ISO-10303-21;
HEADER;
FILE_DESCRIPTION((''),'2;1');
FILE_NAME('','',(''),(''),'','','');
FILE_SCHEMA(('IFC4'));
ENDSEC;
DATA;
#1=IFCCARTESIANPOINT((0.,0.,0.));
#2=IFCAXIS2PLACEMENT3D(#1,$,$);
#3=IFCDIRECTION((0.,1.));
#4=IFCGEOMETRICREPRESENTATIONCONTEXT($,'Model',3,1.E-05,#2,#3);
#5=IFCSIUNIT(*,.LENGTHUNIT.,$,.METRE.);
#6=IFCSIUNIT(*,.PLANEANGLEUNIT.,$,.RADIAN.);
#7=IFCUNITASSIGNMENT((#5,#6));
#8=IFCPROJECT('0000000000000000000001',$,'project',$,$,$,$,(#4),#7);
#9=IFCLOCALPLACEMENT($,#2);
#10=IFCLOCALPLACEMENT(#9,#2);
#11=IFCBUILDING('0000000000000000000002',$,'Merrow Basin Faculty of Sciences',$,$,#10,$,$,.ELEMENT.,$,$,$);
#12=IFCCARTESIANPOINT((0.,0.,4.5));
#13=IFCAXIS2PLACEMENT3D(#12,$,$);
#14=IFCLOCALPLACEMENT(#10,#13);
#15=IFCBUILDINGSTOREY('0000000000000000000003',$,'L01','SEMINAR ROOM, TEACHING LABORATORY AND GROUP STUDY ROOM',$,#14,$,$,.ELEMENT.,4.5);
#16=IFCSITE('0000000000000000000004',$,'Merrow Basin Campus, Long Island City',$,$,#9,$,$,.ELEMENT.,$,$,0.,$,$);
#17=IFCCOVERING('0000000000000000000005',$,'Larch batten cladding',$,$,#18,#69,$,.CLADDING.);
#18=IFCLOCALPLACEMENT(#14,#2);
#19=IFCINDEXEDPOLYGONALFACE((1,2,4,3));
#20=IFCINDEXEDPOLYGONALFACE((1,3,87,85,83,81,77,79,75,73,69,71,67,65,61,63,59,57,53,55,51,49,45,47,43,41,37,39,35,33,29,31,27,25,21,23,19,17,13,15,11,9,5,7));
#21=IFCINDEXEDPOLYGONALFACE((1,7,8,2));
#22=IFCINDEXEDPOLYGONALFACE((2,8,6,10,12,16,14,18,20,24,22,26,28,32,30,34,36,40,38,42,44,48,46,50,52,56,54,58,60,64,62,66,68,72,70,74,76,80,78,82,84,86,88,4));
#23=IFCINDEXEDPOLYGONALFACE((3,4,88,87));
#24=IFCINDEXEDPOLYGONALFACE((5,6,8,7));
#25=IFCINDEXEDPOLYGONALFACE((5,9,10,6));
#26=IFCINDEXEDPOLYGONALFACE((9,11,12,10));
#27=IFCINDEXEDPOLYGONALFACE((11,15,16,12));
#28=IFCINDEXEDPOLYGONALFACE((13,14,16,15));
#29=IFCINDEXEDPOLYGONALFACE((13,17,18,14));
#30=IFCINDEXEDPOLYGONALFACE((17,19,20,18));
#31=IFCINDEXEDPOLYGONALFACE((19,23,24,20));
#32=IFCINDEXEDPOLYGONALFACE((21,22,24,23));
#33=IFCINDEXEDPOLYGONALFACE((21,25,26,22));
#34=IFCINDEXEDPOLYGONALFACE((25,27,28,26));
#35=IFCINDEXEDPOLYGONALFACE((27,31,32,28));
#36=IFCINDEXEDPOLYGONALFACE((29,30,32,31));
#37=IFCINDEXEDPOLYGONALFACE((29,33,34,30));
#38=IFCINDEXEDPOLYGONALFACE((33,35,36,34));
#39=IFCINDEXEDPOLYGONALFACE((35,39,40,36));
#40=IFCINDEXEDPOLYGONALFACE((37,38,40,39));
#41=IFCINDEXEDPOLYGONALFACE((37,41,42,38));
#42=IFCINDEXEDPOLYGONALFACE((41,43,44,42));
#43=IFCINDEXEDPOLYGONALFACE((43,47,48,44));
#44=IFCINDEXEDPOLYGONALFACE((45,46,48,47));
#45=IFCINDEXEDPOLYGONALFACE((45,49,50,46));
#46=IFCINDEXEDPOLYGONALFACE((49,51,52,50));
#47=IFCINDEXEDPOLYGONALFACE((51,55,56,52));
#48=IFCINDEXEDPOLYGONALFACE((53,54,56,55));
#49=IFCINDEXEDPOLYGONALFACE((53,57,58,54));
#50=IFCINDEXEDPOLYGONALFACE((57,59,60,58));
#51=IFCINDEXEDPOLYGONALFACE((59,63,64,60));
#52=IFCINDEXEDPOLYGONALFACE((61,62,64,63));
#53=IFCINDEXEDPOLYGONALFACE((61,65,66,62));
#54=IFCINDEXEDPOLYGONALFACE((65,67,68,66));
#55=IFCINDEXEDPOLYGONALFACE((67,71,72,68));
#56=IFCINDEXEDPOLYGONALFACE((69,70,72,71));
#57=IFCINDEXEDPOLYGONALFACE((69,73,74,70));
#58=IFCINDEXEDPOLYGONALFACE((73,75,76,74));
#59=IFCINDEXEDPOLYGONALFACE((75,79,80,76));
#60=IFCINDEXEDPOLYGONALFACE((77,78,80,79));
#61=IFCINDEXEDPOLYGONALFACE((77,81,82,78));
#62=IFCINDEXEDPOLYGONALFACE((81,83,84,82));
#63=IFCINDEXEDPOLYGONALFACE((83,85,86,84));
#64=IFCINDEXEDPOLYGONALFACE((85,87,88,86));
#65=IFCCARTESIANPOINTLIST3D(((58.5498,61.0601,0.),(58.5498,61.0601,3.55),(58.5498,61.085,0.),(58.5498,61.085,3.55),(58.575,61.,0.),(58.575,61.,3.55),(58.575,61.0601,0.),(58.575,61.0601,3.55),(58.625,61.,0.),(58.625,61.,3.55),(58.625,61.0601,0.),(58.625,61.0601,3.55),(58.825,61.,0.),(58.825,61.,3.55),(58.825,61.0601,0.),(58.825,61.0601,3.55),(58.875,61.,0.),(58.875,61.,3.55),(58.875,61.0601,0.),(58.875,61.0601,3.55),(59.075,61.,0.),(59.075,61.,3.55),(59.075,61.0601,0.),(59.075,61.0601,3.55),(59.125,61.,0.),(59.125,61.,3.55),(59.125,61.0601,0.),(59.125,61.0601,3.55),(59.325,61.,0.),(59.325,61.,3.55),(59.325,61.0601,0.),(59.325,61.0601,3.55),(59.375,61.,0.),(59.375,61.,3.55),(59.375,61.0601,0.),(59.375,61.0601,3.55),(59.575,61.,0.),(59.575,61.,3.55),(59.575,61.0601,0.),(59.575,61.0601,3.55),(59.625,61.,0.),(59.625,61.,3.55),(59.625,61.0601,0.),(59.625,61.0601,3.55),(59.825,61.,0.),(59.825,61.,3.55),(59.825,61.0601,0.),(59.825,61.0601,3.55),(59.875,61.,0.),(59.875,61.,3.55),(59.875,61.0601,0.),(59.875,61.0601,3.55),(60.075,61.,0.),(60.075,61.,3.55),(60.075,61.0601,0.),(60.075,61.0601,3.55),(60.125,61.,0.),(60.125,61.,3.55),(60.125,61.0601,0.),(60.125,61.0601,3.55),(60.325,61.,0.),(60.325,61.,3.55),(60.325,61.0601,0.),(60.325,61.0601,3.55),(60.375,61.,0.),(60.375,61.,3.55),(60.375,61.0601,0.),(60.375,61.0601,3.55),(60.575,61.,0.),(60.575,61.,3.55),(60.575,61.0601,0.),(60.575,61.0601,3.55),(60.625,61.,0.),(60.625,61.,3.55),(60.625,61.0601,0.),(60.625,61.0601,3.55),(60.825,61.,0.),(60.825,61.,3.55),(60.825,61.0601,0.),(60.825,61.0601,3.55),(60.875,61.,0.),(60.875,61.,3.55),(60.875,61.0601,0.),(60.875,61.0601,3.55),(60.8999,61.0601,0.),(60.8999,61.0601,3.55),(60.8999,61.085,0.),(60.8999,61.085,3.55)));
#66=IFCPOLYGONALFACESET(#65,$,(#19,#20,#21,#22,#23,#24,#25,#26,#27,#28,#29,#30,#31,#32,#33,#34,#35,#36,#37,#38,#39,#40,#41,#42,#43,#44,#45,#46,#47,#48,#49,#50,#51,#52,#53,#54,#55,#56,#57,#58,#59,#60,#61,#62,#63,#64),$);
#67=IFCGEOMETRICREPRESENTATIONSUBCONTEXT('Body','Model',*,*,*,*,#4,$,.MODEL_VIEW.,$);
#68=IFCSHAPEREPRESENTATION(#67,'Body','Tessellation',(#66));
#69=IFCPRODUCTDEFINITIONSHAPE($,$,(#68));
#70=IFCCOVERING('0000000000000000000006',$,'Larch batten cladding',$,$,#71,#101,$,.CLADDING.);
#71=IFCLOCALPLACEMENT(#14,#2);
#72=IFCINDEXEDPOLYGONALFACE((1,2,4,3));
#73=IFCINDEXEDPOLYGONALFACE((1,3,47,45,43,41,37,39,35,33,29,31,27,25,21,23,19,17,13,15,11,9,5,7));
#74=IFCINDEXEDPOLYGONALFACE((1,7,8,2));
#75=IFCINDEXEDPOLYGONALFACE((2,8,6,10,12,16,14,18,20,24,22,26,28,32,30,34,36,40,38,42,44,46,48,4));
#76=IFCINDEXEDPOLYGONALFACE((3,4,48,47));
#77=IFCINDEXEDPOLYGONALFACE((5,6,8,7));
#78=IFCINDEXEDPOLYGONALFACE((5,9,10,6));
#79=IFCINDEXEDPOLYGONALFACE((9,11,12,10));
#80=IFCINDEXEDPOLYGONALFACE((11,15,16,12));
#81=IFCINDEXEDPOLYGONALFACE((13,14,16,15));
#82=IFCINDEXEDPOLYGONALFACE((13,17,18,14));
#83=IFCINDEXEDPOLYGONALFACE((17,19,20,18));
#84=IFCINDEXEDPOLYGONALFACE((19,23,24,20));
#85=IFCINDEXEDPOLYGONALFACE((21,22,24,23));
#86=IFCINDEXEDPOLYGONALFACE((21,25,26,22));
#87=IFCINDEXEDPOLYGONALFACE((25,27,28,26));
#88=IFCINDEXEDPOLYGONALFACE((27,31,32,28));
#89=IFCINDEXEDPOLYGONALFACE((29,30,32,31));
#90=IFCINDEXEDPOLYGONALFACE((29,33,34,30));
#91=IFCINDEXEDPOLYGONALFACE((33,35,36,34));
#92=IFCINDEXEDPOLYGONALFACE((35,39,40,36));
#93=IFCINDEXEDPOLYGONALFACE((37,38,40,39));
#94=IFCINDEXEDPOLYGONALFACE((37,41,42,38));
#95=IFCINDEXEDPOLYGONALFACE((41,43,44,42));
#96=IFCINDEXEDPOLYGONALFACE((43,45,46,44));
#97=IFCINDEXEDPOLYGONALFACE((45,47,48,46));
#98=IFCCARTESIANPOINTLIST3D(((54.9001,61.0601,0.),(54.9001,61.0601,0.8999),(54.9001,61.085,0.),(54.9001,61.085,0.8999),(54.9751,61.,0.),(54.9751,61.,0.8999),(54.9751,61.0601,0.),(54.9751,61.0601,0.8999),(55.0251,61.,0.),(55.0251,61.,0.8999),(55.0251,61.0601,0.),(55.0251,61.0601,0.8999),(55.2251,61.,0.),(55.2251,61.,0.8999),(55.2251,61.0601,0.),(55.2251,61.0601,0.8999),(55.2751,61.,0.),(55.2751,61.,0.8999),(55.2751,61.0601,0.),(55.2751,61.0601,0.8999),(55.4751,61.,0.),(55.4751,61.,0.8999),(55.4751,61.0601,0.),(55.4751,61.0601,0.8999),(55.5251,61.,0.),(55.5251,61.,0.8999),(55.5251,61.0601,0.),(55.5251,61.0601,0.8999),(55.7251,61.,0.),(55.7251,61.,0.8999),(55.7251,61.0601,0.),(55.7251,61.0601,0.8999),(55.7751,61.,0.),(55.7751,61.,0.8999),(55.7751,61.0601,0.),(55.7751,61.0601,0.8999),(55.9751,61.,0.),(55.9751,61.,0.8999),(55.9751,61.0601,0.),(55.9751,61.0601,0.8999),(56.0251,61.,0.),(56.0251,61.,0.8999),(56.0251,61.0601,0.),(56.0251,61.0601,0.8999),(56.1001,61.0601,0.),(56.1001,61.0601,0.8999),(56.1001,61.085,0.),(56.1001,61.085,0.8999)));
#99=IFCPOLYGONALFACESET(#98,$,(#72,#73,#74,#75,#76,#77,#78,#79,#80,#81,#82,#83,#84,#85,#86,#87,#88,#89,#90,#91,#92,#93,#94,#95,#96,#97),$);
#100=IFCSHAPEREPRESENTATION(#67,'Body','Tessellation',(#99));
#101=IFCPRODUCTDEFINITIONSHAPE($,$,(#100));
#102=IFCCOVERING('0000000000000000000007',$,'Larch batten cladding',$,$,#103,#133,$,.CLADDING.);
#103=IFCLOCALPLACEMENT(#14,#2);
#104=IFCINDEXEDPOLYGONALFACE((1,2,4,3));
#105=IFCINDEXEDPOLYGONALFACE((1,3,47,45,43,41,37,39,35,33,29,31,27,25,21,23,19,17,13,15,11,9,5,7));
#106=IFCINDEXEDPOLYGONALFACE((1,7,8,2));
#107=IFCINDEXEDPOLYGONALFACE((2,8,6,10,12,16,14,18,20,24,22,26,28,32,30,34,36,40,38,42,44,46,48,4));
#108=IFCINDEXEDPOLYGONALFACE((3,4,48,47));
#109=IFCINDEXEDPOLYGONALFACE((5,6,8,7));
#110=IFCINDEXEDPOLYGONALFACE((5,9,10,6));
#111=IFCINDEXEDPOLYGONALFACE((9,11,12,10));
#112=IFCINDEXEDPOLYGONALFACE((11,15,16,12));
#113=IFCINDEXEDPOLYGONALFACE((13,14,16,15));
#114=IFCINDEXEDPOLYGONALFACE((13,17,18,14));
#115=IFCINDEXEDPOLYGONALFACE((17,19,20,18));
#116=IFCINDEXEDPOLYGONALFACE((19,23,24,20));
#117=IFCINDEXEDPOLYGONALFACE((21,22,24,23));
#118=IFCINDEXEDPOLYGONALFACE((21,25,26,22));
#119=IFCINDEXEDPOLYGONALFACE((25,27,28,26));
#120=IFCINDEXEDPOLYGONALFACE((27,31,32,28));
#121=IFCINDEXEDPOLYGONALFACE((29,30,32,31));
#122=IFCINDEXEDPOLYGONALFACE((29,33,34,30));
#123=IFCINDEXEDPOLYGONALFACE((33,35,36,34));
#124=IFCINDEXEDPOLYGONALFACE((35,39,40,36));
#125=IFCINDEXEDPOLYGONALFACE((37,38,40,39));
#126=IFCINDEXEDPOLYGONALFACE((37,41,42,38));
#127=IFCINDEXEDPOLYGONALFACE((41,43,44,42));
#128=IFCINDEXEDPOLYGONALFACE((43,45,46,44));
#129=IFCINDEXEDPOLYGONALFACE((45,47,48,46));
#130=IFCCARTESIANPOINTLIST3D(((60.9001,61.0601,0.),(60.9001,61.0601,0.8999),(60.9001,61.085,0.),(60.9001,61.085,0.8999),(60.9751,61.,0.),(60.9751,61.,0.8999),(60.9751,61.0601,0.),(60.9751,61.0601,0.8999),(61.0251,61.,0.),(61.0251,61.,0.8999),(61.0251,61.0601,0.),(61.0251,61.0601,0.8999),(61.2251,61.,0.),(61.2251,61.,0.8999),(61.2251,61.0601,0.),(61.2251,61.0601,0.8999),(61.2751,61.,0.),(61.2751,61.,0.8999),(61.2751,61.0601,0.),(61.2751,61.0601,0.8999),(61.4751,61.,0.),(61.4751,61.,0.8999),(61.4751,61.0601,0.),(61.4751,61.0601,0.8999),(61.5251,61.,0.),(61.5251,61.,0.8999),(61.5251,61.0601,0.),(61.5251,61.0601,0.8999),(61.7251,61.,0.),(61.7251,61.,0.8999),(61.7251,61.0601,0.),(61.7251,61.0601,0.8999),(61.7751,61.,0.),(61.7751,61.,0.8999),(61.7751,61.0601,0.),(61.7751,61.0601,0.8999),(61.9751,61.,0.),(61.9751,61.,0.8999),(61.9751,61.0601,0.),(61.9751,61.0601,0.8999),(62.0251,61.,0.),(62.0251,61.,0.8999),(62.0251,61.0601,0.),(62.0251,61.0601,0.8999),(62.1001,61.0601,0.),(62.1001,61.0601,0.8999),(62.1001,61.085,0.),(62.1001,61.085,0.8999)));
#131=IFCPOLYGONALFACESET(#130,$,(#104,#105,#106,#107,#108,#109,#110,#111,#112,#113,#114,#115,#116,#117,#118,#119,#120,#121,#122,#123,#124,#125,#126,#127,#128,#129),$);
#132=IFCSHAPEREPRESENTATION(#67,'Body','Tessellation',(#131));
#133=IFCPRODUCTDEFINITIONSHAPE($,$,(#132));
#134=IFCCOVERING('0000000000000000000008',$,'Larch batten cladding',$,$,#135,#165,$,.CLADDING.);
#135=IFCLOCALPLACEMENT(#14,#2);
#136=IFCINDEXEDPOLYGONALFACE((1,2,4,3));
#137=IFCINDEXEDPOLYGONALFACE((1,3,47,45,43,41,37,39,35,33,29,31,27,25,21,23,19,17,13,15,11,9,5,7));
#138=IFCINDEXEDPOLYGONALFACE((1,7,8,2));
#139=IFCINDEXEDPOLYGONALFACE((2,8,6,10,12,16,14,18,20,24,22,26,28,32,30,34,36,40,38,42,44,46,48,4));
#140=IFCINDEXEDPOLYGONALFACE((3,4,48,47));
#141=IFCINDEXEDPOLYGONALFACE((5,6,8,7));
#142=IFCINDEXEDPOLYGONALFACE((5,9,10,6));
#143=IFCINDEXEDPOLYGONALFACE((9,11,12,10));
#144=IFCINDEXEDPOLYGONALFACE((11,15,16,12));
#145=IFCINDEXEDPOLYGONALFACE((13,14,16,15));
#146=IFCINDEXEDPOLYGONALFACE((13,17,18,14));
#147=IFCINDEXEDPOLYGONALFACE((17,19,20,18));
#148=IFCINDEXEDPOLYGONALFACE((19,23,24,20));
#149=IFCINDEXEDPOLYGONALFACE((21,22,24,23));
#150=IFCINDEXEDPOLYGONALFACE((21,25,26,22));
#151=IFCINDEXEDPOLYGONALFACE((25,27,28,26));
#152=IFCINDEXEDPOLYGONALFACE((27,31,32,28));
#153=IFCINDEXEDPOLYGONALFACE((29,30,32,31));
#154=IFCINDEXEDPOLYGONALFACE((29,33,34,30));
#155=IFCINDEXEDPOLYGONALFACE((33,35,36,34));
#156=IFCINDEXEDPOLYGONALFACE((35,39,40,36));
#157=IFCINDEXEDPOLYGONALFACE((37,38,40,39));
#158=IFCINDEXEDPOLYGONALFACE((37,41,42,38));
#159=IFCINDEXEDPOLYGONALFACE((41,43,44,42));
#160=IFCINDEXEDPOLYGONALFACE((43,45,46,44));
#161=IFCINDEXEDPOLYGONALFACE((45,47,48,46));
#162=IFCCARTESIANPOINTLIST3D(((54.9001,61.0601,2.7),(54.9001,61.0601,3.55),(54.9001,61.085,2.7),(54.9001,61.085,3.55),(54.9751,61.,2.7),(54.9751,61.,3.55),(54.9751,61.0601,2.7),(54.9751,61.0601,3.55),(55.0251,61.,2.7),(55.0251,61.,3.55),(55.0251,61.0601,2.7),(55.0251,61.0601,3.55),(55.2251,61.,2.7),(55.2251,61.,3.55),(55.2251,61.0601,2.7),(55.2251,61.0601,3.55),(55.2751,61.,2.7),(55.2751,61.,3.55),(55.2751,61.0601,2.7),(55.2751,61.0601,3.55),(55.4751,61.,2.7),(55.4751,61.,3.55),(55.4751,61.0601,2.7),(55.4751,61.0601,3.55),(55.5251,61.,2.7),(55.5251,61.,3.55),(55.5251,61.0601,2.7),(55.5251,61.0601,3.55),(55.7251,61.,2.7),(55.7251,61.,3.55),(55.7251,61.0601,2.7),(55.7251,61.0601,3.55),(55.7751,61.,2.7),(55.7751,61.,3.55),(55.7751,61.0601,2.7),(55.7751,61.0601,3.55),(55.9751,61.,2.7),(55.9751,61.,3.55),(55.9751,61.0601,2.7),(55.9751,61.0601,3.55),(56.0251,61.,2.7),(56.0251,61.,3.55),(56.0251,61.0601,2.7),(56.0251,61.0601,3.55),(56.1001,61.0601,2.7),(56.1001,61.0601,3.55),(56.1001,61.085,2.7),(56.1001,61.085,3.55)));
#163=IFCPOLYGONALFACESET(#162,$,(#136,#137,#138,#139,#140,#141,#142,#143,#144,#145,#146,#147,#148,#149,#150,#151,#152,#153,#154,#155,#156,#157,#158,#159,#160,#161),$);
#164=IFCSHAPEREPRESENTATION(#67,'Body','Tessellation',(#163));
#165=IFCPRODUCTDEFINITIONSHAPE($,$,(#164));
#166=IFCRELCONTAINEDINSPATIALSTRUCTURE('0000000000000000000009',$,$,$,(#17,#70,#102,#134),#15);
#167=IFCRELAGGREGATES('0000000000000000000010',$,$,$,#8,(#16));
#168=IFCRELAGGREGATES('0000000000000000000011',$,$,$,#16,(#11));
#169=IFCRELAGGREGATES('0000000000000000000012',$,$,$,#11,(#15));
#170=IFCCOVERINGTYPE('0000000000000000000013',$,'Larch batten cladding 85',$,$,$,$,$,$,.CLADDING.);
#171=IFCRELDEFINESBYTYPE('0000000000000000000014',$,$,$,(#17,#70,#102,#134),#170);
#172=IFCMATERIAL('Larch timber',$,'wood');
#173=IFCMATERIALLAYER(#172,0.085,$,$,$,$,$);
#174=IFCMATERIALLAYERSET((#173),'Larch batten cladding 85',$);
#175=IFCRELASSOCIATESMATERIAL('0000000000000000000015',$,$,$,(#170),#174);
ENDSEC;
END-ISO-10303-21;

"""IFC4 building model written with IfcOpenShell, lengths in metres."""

from ifc_helpers import new_model, si_unit, direction, frame, origin, place, context, subcontext, project, spatial, polyline, outline, extrude, source, transform, mapped, material, layer, layer_set, type_object, element, save


model = new_model("IFC4")

# Units and contexts
model_context = context("Model", 3, precision=1e-05, world=origin(), true_north=direction((0.0, 1.0)))
body_context = subcontext(model_context, "Body", "Model", "MODEL_VIEW")
ifc_project = project(units=[si_unit("LENGTHUNIT", "METRE"), si_unit("PLANEANGLEUNIT", "RADIAN")], contexts=[model_context])

# Site, building, storey
site_placement = place(None, origin())
site = spatial("IfcSite", under=ifc_project, at=site_placement, Name="Merrow Basin Campus, Long Island City", CompositionType="ELEMENT", RefElevation=0.0)
building_placement = place(site_placement, origin())
building = spatial("IfcBuilding", under=site, at=building_placement, Name="Merrow Basin Faculty of Sciences", CompositionType="ELEMENT")
storey_placement = place(building_placement, frame((0.0, 0.0, 4.5)))
storey = spatial("IfcBuildingStorey", under=building, at=storey_placement, Name="L01", Description="SEMINAR ROOM, TEACHING LABORATORY AND GROUP STUDY ROOM", CompositionType="ELEMENT", Elevation=4.5)

# Coverings
ifc_material_1 = material(Name="Larch timber", Category="wood")
ifc_layer_1 = layer(ifc_material_1, 0.085)
ifc_layer_set_1 = layer_set([ifc_layer_1], Name="Larch batten cladding 85")
covering_type = type_object("IfcCoveringType", Name="Larch batten cladding 85", PredefinedType="CLADDING", material=ifc_layer_set_1)
shared_shape_1 = source(origin(), body_context, "Body", "SweptSolid", [
    extrude(outline(polyline([(0.0, 0.0), (2.3501, 0.0), (2.3501, 0.0249), (2.325, 0.0249), (2.325, 0.085), (2.2749, 0.085), (2.2749, 0.0249), (2.075, 0.0249), (2.075, 0.085), (2.0249, 0.085), (2.0249, 0.0249), (1.825, 0.0249), (1.825, 0.085), (1.7749, 0.085), (1.7749, 0.0249), (1.575, 0.0249), (1.575, 0.085), (1.5249, 0.085), (1.5249, 0.0249), (1.325, 0.0249), (1.325, 0.085), (1.2749, 0.085), (1.2749, 0.0249), (1.075, 0.0249), (1.075, 0.085), (1.0249, 0.085), (1.0249, 0.0249), (0.825, 0.0249), (0.825, 0.085), (0.7749, 0.085), (0.7749, 0.0249), (0.575, 0.0249), (0.575, 0.085), (0.5249, 0.085), (0.5249, 0.0249), (0.325, 0.0249), (0.325, 0.085), (0.2749, 0.085), (0.2749, 0.0249), (0.075, 0.0249), (0.075, 0.085), (0.0249, 0.085), (0.0249, 0.0249), (0.0, 0.0249), (0.0, 0.0)])), origin(), (0.0, 0.0, 1.0), 3.55),
])
for number, where, z_axis, x_axis, name in (
    (1, (60.8999, 61.085, 0.0), (0.0, 0.0, 1.0), (-1.0, 0.0, 0.0), "Larch batten cladding"),
):
    element("IfcCovering", number, at=place(storey_placement, frame(where, z_axis=z_axis, x_axis=x_axis)), inside=storey, type_object=covering_type, Name=name, PredefinedType="CLADDING", context=body_context, shape_type="MappedRepresentation", body=[
        mapped(shared_shape_1, transform((0.0, 0.0, 0.0), scale=1.0)),
    ])
shared_shape_2 = source(origin(), body_context, "Body", "SweptSolid", [
    extrude(outline(polyline([(0.0, 0.0), (1.2, 0.0), (1.2, 0.0249), (1.125, 0.0249), (1.125, 0.085), (1.075, 0.085), (1.075, 0.0249), (0.875, 0.0249), (0.875, 0.085), (0.825, 0.085), (0.825, 0.0249), (0.625, 0.0249), (0.625, 0.085), (0.575, 0.085), (0.575, 0.0249), (0.375, 0.0249), (0.375, 0.085), (0.325, 0.085), (0.325, 0.0249), (0.125, 0.0249), (0.125, 0.085), (0.075, 0.085), (0.075, 0.0249), (0.0, 0.0249), (0.0, 0.0)])), origin(), (0.0, 0.0, 1.0), 0.8999),
])
for number, where, z_axis, x_axis, name in (
    (2, (56.1001, 61.085, 0.0), (0.0, 0.0, 1.0), (-1.0, 0.0, 0.0), "Larch batten cladding"),
    (3, (62.1001, 61.085, 0.0), (0.0, 0.0, 1.0), (-1.0, 0.0, 0.0), "Larch batten cladding"),
):
    element("IfcCovering", number, at=place(storey_placement, frame(where, z_axis=z_axis, x_axis=x_axis)), inside=storey, type_object=covering_type, Name=name, PredefinedType="CLADDING", context=body_context, shape_type="MappedRepresentation", body=[
        mapped(shared_shape_2, transform((0.0, 0.0, 0.0), scale=1.0)),
    ])
shared_shape_3 = source(origin(), body_context, "Body", "SweptSolid", [
    extrude(outline(polyline([(0.0, 0.0), (1.2, 0.0), (1.2, 0.0249), (1.125, 0.0249), (1.125, 0.085), (1.075, 0.085), (1.075, 0.0249), (0.875, 0.0249), (0.875, 0.085), (0.825, 0.085), (0.825, 0.0249), (0.625, 0.0249), (0.625, 0.085), (0.575, 0.085), (0.575, 0.0249), (0.375, 0.0249), (0.375, 0.085), (0.325, 0.085), (0.325, 0.0249), (0.125, 0.0249), (0.125, 0.085), (0.075, 0.085), (0.075, 0.0249), (0.0, 0.0249), (0.0, 0.0)])), origin(), (0.0, 0.0, 1.0), 0.8501),
])
covering_1_placement = place(storey_placement, frame((56.1001, 61.085, 2.7), z_axis=(0.0, 0.0, 1.0), x_axis=(-1.0, 0.0, 0.0)))
element("IfcCovering", 4, at=covering_1_placement, inside=storey, type_object=covering_type, Name="Larch batten cladding", PredefinedType="CLADDING", context=body_context, shape_type="MappedRepresentation", body=[
    mapped(shared_shape_3, transform((0.0, 0.0, 0.0), scale=1.0)),
])

save(model, "model.ifc")
